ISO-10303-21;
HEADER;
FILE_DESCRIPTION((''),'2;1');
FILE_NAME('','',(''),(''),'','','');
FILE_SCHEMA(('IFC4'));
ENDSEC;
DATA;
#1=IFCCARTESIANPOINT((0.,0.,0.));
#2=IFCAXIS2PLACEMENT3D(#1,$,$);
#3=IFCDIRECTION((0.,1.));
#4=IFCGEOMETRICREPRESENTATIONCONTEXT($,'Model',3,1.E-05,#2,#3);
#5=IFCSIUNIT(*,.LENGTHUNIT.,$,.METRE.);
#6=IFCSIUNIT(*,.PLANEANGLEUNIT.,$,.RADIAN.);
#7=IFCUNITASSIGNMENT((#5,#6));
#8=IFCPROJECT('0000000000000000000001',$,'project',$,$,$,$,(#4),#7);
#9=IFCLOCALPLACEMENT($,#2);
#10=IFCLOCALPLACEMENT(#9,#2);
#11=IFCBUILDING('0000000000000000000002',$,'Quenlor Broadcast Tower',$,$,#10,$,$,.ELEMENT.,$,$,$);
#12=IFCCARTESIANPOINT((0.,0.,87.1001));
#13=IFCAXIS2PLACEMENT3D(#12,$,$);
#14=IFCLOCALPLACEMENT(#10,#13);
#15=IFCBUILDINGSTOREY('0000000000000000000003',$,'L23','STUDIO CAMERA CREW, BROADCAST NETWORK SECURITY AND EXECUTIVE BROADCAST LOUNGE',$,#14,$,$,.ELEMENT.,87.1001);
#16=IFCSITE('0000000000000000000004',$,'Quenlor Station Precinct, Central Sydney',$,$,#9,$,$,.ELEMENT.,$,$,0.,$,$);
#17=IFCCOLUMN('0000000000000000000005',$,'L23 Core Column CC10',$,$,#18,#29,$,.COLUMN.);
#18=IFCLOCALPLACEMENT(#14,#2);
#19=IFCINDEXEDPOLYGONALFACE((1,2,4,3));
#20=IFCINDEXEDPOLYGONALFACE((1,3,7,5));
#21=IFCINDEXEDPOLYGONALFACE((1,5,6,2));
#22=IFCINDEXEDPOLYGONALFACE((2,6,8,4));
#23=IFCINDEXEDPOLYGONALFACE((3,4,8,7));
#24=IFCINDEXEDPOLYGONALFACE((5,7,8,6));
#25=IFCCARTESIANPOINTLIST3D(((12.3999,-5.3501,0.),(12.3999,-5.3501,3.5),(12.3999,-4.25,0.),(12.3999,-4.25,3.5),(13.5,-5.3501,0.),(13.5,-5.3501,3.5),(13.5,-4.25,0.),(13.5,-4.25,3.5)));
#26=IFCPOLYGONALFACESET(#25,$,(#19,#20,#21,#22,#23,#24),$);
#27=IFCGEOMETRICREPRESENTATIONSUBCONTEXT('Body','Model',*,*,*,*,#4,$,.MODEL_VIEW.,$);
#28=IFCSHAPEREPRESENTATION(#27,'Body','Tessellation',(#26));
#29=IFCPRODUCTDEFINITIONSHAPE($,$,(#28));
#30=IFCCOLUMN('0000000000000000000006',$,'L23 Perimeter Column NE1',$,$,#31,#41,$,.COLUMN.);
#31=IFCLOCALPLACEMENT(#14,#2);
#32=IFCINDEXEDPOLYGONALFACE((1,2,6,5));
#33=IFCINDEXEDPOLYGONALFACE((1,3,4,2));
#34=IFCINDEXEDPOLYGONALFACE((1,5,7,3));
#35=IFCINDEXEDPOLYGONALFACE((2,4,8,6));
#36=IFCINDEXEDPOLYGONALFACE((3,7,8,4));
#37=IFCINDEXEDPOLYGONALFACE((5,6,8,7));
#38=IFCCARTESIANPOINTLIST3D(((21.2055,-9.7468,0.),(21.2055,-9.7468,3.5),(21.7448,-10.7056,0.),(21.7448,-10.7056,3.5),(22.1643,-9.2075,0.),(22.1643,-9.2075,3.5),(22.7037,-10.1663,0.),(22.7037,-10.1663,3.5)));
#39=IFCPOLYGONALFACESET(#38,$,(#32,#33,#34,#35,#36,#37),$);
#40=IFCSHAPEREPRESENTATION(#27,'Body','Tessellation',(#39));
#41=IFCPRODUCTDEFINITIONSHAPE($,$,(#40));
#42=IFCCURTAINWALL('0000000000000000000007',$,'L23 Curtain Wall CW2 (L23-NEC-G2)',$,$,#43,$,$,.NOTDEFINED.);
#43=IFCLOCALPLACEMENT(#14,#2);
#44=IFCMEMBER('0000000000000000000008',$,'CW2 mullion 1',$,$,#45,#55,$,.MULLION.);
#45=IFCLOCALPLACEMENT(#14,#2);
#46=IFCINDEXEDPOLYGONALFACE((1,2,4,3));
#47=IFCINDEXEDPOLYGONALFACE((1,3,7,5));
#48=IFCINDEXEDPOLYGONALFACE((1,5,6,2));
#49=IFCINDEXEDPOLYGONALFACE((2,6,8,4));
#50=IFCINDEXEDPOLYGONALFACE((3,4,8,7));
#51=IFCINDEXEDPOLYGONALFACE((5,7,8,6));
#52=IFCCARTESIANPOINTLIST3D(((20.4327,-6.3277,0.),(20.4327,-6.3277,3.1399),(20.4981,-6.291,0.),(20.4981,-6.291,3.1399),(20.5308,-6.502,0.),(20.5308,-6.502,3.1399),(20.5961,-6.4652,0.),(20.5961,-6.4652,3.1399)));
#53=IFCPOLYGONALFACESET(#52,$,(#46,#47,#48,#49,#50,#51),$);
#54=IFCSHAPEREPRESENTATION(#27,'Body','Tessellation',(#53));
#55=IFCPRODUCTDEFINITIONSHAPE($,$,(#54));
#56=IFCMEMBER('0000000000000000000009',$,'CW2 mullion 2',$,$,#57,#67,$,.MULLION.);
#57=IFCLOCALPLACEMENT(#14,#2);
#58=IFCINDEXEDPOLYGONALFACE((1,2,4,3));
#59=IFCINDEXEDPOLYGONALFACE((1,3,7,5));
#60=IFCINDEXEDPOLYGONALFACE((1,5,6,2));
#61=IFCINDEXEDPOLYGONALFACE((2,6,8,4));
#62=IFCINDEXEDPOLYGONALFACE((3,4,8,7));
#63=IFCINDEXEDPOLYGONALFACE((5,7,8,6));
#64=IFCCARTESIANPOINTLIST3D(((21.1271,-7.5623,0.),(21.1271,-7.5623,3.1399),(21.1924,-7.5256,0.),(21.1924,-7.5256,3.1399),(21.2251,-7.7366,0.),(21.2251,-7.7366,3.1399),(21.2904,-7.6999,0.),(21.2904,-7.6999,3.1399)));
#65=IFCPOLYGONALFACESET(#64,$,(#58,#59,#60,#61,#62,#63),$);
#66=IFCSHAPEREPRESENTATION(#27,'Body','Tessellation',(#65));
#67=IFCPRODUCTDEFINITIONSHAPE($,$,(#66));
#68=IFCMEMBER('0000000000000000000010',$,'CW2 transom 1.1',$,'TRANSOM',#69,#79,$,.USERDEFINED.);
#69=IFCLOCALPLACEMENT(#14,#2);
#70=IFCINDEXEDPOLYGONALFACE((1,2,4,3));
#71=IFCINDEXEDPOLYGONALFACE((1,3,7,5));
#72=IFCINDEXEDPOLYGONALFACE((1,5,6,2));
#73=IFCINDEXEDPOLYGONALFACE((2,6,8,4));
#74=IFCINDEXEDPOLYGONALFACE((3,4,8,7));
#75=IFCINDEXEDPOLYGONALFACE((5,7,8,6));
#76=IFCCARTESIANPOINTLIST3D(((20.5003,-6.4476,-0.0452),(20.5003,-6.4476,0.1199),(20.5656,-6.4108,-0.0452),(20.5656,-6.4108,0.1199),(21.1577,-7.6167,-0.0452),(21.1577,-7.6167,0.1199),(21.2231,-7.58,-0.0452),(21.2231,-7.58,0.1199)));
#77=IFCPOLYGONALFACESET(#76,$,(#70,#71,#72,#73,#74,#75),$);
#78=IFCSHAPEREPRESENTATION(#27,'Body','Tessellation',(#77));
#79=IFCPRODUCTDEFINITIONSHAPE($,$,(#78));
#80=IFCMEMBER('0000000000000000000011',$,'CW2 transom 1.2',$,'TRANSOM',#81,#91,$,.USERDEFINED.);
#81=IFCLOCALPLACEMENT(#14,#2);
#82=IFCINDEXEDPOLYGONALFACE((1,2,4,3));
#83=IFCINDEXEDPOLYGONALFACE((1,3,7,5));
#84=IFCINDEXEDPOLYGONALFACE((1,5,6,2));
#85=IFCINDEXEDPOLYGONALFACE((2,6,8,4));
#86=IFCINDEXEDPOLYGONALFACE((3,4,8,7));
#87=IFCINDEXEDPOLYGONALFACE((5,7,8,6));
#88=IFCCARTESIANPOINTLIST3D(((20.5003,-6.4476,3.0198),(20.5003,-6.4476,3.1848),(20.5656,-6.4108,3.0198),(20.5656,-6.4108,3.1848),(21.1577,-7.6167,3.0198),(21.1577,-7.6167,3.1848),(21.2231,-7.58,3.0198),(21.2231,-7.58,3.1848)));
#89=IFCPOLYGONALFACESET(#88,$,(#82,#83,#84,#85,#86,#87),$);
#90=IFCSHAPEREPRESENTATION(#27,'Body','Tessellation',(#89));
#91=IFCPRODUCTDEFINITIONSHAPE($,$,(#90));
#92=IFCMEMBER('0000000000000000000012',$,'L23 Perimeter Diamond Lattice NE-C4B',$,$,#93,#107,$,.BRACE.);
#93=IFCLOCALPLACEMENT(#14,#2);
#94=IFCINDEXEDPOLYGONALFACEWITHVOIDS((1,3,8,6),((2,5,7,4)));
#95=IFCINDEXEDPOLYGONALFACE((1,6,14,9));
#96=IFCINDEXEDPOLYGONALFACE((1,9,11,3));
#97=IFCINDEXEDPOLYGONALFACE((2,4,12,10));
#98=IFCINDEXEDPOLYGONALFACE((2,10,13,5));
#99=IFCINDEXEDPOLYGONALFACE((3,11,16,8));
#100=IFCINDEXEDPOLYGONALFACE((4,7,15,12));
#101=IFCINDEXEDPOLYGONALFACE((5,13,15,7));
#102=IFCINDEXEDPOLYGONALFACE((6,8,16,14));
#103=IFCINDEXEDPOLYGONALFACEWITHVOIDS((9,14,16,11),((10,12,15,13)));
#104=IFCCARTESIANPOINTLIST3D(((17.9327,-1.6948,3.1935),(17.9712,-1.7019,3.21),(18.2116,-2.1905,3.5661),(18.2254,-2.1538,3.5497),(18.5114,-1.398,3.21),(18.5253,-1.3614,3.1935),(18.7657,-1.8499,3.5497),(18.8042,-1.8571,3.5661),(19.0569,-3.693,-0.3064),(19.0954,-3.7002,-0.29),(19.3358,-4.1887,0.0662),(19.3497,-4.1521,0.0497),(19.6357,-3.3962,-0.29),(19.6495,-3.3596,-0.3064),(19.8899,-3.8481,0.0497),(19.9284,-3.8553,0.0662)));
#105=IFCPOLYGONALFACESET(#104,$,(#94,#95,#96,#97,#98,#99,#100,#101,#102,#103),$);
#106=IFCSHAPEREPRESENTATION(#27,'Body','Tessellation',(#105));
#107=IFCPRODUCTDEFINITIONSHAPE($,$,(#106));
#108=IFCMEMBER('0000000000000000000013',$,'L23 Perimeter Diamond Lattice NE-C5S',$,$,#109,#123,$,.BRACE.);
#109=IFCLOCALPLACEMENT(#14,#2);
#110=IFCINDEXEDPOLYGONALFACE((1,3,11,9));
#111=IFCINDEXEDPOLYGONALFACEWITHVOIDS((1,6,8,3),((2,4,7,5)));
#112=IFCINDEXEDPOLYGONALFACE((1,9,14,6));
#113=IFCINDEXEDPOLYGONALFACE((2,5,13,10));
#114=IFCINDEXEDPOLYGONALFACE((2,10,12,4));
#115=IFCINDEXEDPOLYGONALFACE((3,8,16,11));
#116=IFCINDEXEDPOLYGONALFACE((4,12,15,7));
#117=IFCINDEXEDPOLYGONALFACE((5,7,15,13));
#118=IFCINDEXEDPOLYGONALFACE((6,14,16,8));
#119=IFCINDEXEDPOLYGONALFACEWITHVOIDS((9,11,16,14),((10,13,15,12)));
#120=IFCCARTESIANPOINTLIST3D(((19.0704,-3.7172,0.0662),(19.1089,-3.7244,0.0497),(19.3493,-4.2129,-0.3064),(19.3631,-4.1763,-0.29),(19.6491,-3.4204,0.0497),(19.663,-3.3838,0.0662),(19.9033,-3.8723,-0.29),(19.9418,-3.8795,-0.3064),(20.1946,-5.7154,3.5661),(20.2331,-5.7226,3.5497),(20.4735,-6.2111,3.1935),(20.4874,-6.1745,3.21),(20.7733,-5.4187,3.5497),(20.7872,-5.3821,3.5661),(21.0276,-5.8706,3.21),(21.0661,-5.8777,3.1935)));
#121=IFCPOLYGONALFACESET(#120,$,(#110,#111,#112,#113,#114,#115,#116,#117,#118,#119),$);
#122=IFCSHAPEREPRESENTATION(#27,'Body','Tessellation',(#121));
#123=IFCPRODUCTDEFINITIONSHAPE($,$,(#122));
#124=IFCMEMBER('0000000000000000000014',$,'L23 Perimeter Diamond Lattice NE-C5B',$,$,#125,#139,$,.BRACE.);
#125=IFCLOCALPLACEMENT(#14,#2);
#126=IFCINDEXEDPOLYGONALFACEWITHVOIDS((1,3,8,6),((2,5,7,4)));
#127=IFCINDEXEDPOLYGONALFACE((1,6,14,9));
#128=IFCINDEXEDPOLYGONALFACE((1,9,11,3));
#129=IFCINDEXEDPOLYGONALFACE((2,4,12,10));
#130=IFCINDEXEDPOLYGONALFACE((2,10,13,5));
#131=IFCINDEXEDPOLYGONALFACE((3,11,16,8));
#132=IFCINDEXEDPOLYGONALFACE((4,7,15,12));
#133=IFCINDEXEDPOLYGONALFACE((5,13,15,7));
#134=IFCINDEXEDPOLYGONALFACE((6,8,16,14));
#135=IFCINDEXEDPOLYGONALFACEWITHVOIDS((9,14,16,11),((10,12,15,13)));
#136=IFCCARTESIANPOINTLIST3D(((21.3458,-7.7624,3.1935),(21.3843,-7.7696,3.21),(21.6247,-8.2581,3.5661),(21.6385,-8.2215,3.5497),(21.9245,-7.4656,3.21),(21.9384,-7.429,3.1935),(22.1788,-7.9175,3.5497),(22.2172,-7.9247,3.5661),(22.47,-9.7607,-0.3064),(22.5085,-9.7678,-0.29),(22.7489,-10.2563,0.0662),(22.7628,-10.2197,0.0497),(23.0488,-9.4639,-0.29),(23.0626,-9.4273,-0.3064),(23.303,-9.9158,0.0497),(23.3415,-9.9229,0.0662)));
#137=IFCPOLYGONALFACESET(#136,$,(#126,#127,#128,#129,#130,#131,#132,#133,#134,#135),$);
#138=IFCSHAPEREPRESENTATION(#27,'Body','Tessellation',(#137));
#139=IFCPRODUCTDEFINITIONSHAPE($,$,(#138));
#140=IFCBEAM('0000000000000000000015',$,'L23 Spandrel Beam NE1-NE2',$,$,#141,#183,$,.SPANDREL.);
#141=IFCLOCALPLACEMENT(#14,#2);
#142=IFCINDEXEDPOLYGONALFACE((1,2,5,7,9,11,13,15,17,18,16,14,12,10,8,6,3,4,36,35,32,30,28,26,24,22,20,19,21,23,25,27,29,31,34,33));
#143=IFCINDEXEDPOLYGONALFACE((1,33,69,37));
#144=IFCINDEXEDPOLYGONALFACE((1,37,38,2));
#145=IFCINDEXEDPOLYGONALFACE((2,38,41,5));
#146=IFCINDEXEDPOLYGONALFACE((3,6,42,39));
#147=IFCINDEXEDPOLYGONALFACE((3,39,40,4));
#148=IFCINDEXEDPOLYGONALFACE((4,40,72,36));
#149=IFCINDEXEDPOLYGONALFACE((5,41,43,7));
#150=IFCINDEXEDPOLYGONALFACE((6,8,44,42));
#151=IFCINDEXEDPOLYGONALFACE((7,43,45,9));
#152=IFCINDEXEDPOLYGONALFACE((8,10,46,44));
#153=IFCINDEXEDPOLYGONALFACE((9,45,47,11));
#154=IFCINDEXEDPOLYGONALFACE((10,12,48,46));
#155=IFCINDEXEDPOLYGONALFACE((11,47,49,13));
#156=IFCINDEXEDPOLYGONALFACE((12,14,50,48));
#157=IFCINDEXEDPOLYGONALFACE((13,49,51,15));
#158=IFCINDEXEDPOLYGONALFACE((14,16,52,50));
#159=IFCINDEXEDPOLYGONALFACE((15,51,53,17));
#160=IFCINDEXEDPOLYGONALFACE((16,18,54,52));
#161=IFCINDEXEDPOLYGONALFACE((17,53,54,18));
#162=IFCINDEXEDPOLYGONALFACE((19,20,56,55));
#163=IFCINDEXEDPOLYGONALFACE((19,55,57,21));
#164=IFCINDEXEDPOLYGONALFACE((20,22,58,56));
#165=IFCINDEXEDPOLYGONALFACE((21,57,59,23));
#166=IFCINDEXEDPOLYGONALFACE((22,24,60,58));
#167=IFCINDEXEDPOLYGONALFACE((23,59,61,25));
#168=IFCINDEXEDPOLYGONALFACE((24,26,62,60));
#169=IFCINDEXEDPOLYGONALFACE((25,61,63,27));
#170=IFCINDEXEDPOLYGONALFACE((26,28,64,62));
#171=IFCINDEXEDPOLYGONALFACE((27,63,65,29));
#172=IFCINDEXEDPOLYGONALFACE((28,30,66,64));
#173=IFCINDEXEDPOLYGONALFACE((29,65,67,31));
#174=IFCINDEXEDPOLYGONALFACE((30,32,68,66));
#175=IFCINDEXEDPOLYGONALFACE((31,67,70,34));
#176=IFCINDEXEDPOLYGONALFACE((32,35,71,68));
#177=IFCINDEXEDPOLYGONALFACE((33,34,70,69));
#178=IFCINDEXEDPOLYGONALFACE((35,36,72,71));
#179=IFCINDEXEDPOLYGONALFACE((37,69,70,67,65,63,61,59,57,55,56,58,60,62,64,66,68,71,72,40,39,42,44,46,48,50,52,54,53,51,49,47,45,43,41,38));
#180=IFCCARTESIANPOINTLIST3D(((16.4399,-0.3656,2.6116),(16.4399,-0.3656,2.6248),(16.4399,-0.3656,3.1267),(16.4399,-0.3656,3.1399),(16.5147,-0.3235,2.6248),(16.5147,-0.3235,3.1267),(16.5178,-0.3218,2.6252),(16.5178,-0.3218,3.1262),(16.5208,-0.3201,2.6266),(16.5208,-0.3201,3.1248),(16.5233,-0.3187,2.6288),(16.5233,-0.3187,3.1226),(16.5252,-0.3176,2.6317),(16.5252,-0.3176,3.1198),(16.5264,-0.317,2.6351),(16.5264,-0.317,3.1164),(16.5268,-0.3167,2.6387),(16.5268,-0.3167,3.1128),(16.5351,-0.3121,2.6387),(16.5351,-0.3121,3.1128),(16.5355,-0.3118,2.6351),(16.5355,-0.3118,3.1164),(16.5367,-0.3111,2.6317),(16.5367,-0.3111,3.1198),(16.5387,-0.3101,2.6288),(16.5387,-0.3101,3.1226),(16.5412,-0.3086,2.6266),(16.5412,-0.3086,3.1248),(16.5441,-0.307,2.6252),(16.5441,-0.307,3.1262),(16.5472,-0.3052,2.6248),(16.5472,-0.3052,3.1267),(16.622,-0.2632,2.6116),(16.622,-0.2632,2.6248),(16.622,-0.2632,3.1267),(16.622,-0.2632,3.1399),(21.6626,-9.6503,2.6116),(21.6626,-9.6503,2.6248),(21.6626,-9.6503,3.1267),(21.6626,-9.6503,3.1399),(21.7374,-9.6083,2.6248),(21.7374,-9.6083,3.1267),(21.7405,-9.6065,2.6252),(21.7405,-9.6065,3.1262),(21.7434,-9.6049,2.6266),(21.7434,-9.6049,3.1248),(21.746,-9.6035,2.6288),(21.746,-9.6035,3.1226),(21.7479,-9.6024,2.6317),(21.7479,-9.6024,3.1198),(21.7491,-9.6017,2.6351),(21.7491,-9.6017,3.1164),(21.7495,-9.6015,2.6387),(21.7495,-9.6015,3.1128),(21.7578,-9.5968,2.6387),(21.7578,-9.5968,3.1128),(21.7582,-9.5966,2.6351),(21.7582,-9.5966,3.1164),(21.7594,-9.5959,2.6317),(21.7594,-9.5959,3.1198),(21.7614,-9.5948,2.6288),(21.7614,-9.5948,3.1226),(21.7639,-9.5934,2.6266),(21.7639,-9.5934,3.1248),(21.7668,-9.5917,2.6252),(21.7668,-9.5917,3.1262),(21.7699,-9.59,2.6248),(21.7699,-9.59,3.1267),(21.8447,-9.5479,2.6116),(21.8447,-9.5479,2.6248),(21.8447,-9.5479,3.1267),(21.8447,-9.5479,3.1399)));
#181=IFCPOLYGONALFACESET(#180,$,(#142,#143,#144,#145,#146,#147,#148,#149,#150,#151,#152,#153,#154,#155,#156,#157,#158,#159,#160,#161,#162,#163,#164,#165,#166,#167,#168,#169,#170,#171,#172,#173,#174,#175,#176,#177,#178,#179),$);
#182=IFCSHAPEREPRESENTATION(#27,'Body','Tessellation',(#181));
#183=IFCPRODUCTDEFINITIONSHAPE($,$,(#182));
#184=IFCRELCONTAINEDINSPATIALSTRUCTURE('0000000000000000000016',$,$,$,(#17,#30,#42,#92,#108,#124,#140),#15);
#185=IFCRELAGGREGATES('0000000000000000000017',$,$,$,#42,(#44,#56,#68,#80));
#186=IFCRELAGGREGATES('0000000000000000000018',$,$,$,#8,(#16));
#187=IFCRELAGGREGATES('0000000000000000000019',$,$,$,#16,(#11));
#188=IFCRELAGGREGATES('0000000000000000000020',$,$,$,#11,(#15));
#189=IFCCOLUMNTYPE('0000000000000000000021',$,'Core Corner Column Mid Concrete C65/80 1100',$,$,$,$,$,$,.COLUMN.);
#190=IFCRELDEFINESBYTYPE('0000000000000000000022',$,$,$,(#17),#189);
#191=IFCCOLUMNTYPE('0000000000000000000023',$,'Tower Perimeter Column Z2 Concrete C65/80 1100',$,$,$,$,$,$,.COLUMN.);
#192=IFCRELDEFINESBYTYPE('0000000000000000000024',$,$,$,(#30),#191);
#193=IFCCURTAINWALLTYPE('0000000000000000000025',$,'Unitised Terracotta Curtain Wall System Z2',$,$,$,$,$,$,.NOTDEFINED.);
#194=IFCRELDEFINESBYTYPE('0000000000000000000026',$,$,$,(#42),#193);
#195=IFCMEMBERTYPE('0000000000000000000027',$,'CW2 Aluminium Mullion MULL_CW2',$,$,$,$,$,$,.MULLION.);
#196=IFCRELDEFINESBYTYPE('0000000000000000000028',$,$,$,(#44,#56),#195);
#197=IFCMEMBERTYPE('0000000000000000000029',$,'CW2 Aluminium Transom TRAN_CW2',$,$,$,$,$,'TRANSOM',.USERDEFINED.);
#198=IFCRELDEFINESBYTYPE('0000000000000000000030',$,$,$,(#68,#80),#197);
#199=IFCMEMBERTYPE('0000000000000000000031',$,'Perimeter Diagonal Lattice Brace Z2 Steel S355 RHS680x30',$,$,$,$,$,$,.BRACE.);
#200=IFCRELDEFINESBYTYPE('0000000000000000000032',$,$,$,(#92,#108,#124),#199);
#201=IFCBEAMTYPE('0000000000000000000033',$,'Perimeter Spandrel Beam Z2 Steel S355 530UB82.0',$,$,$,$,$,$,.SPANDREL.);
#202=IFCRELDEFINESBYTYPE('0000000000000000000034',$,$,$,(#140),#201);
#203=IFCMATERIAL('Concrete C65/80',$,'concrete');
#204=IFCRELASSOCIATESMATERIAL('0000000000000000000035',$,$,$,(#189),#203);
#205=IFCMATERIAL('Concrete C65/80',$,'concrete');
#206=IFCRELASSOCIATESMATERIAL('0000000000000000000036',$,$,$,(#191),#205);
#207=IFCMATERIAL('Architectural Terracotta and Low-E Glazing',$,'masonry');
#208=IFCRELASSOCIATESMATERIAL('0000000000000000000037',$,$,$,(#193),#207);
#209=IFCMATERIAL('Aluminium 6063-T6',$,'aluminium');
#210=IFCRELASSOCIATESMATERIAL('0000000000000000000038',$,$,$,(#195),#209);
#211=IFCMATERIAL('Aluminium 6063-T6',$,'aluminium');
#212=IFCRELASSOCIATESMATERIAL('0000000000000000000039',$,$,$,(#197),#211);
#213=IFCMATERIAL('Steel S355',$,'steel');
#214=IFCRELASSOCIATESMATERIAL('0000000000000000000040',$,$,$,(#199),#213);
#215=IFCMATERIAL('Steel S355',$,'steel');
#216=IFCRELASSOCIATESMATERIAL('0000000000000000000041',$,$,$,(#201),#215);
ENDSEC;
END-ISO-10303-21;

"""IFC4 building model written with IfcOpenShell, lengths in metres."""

from ifc_helpers import new_model, si_unit, direction, frame, origin, origin_2d, place, context, subcontext, project, spatial, rectangle, hollow_rectangle, i_section, extrude, material, material_profile, profile_set, type_object, element, aggregate, save


model = new_model("IFC4")

# Units and contexts
model_context = context("Model", 3, precision=1e-05, world=origin(), true_north=direction((0.0, 1.0)))
body_context = subcontext(model_context, "Body", "Model", "MODEL_VIEW")
ifc_project = project(units=[si_unit("LENGTHUNIT", "METRE"), si_unit("PLANEANGLEUNIT", "RADIAN")], contexts=[model_context])

# Site, building, storey
site_placement = place(None, origin())
site = spatial("IfcSite", under=ifc_project, at=site_placement, Name="Quenlor Station Precinct, Central Sydney", CompositionType="ELEMENT", RefElevation=0.0)
building_placement = place(site_placement, origin())
building = spatial("IfcBuilding", under=site, at=building_placement, Name="Quenlor Broadcast Tower", CompositionType="ELEMENT")
storey_placement = place(building_placement, frame((0.0, 0.0, 87.1001)))
storey = spatial("IfcBuildingStorey", under=building, at=storey_placement, Name="L23", Description="STUDIO CAMERA CREW, BROADCAST NETWORK SECURITY AND EXECUTIVE BROADCAST LOUNGE", CompositionType="ELEMENT", Elevation=87.1001)

# Columns
ifc_material_1 = material(Name="Concrete C65/80", Category="concrete")
ifc_material_profile_1 = material_profile(ifc_material_1, rectangle(XDim=1.1001, YDim=1.1001, at=origin_2d()))
ifc_profile_set_1 = profile_set([ifc_material_profile_1], Name="Concrete C65/80 RC1100x1100")
column_type_1 = type_object("IfcColumnType", Name="Core Corner Column Mid Concrete C65/80 1100", PredefinedType="COLUMN", material=ifc_profile_set_1)
column_1_placement = place(storey_placement, frame((12.95, -4.8, 0.0), z_axis=(0.0, 0.0, 1.0), x_axis=(1.0, 0.0, 0.0)))
element("IfcColumn", 1, at=column_1_placement, inside=storey, type_object=column_type_1, Name="L23 Core Column CC10", PredefinedType="COLUMN", context=body_context, shape_type="SweptSolid", body=[
    extrude(rectangle(XDim=1.1001, YDim=1.1001, at=origin_2d()), origin(), (0.0, 0.0, 1.0), 3.5),
])
ifc_material_2 = material(Name="Concrete C65/80", Category="concrete")
ifc_material_profile_2 = material_profile(ifc_material_2, rectangle(XDim=1.1001, YDim=1.1001, at=origin_2d()))
ifc_profile_set_2 = profile_set([ifc_material_profile_2], Name="Concrete C65/80 RC1100x1100")
column_type_2 = type_object("IfcColumnType", Name="Tower Perimeter Column Z2 Concrete C65/80 1100", PredefinedType="COLUMN", material=ifc_profile_set_2)
column_2_placement = place(storey_placement, frame((21.9546, -9.9565, 0.0), z_axis=(0.0, 0.0, 1.0), x_axis=(0.871575, 0.490262, 0.0)))
element("IfcColumn", 2, at=column_2_placement, inside=storey, type_object=column_type_2, Name="L23 Perimeter Column NE1", PredefinedType="COLUMN", context=body_context, shape_type="SweptSolid", body=[
    extrude(rectangle(XDim=1.1001, YDim=1.1001, at=origin_2d()), origin(), (0.0, 0.0, 1.0), 3.5),
])

# Curtain wall, members
ifc_material_3 = material(Name="Architectural Terracotta and Low-E Glazing", Category="masonry")
curtain_wall_type = type_object("IfcCurtainWallType", Name="Unitised Terracotta Curtain Wall System Z2", PredefinedType="NOTDEFINED", material=ifc_material_3)
curtain_wall_placement = place(storey_placement, origin())
curtain_wall = element("IfcCurtainWall", 3, at=curtain_wall_placement, inside=storey, type_object=curtain_wall_type, Name="L23 Curtain Wall CW2 (L23-NEC-G2)", PredefinedType="NOTDEFINED")
ifc_material_4 = material(Name="Aluminium 6063-T6", Category="aluminium")
ifc_material_profile_3 = material_profile(ifc_material_4, rectangle(XDim=0.075, YDim=0.2, at=origin_2d()))
ifc_profile_set_3 = profile_set([ifc_material_profile_3], Name="Aluminium 6063-T6 MULL75x200")
member_type_1 = type_object("IfcMemberType", Name="CW2 Aluminium Mullion MULL_CW2", PredefinedType="MULLION", material=ifc_profile_set_3)
member_1_placement = place(storey_placement, frame((20.5144, -6.3965, 0.0), z_axis=(0.0, 0.0, 1.0), x_axis=(0.871586, 0.490242, 0.0)))
member_1 = element("IfcMember", 4, at=member_1_placement, type_object=member_type_1, Name="CW2 mullion 1", PredefinedType="MULLION", context=body_context, shape_type="SweptSolid", body=[
    extrude(rectangle(XDim=0.075, YDim=0.2, at=origin_2d()), origin(), (0.0, 0.0, 1.0), 3.1399),
])
member_2_placement = place(storey_placement, frame((21.2087, -7.6311, 0.0), z_axis=(0.0, 0.0, 1.0), x_axis=(0.871586, 0.490242, 0.0)))
member_2 = element("IfcMember", 5, at=member_2_placement, type_object=member_type_1, Name="CW2 mullion 2", PredefinedType="MULLION", context=body_context, shape_type="SweptSolid", body=[
    extrude(rectangle(XDim=0.075, YDim=0.2, at=origin_2d()), origin(), (0.0, 0.0, 1.0), 3.1399),
])
ifc_material_5 = material(Name="Aluminium 6063-T6", Category="aluminium")
ifc_material_profile_4 = material_profile(ifc_material_5, rectangle(XDim=0.075, YDim=0.165, at=origin_2d()))
ifc_profile_set_4 = profile_set([ifc_material_profile_4], Name="Aluminium 6063-T6 TRAN75x165")
member_type_2 = type_object("IfcMemberType", Name="CW2 Aluminium Transom TRAN_CW2", ElementType="TRANSOM", PredefinedType="USERDEFINED", material=ifc_profile_set_4)
member_3_placement = place(storey_placement, frame((20.533, -6.4292, 0.0374), z_axis=(0.490149, -0.871639, 0.0), x_axis=(0.871639, 0.490149, 0.0)))
member_3 = element("IfcMember", 6, at=member_3_placement, type_object=member_type_2, Name="CW2 transom 1.1", ObjectType="TRANSOM", PredefinedType="USERDEFINED", context=body_context, shape_type="SweptSolid", body=[
    extrude(rectangle(XDim=0.075, YDim=0.165, at=origin_2d()), origin(), (0.0, 0.0, 1.0), 1.3413),
])
member_4_placement = place(storey_placement, frame((20.533, -6.4292, 3.1023), z_axis=(0.490149, -0.871639, 0.0), x_axis=(0.871639, 0.490149, 0.0)))
member_4 = element("IfcMember", 7, at=member_4_placement, type_object=member_type_2, Name="CW2 transom 1.2", ObjectType="TRANSOM", PredefinedType="USERDEFINED", context=body_context, shape_type="SweptSolid", body=[
    extrude(rectangle(XDim=0.075, YDim=0.165, at=origin_2d()), origin(), (0.0, 0.0, 1.0), 1.3413),
])

# Members
ifc_material_6 = material(Name="Steel S355", Category="steel")
ifc_material_profile_5 = material_profile(ifc_material_6, hollow_rectangle(XDim=0.6799, YDim=0.6799, WallThickness=0.03, at=origin_2d()))
ifc_profile_set_5 = profile_set([ifc_material_profile_5], Name="Steel S355 RHS680x680x30")
member_type_3 = type_object("IfcMemberType", Name="Perimeter Diagonal Lattice Brace Z2 Steel S355 RHS680x30", PredefinedType="BRACE", material=ifc_profile_set_5)
for number, where, z_axis, x_axis, name in (
    (8, (19.4927, -3.7742, -0.1201), (-0.268697, 0.477585, 0.836489), (-0.871533, -0.490337, 0.0), "L23 Perimeter Diamond Lattice NE-C4B"),
    (9, (19.5061, -3.7983, -0.1201), (0.268697, -0.477585, 0.836489), (0.871533, 0.490337, 0.0), "L23 Perimeter Diamond Lattice NE-C5S"),
    (10, (22.9058, -9.8418, -0.1201), (-0.268697, 0.477585, 0.836489), (-0.871533, -0.490337, 0.0), "L23 Perimeter Diamond Lattice NE-C5B"),
):
    element("IfcMember", number, at=place(storey_placement, frame(where, z_axis=z_axis, x_axis=x_axis)), inside=storey, type_object=member_type_3, Name=name, PredefinedType="BRACE", context=body_context, shape_type="SweptSolid", body=[
        extrude(hollow_rectangle(XDim=0.6799, YDim=0.6799, WallThickness=0.03, at=origin_2d()), origin(), (0.0, 0.0, 1.0), 4.1841),
    ])

# Beam
ifc_material_7 = material(Name="Steel S355", Category="steel")
ifc_material_profile_6 = material_profile(ifc_material_7, i_section(OverallWidth=0.209, OverallDepth=0.5283, WebThickness=0.0095, FlangeThickness=0.0132, FilletRadius=0.0139, at=origin_2d()))
ifc_profile_set_6 = profile_set([ifc_material_profile_6], Name="Steel S355 530UB82.0")
beam_type_1 = type_object("IfcBeamType", Name="Perimeter Spandrel Beam Z2 Steel S355 530UB82.0", PredefinedType="SPANDREL", material=ifc_profile_set_6)
beam_1_placement = place(storey_placement, frame((21.7537, -9.5991, 2.8757), z_axis=(-0.490263, 0.871574, 0.0), x_axis=(-0.871574, -0.490263, 0.0)))
element("IfcBeam", 11, at=beam_1_placement, inside=storey, type_object=beam_type_1, Name="L23 Spandrel Beam NE1-NE2", PredefinedType="SPANDREL", context=body_context, shape_type="SweptSolid", body=[
    extrude(i_section(OverallWidth=0.209, OverallDepth=0.5283, WebThickness=0.0095, FlangeThickness=0.0132, FilletRadius=0.0139, at=origin_2d()), origin(), (0.0, 0.0, 1.0), 10.6528),
])

aggregate(curtain_wall, [member_1, member_2, member_3, member_4])

save(model, "model.ifc")
